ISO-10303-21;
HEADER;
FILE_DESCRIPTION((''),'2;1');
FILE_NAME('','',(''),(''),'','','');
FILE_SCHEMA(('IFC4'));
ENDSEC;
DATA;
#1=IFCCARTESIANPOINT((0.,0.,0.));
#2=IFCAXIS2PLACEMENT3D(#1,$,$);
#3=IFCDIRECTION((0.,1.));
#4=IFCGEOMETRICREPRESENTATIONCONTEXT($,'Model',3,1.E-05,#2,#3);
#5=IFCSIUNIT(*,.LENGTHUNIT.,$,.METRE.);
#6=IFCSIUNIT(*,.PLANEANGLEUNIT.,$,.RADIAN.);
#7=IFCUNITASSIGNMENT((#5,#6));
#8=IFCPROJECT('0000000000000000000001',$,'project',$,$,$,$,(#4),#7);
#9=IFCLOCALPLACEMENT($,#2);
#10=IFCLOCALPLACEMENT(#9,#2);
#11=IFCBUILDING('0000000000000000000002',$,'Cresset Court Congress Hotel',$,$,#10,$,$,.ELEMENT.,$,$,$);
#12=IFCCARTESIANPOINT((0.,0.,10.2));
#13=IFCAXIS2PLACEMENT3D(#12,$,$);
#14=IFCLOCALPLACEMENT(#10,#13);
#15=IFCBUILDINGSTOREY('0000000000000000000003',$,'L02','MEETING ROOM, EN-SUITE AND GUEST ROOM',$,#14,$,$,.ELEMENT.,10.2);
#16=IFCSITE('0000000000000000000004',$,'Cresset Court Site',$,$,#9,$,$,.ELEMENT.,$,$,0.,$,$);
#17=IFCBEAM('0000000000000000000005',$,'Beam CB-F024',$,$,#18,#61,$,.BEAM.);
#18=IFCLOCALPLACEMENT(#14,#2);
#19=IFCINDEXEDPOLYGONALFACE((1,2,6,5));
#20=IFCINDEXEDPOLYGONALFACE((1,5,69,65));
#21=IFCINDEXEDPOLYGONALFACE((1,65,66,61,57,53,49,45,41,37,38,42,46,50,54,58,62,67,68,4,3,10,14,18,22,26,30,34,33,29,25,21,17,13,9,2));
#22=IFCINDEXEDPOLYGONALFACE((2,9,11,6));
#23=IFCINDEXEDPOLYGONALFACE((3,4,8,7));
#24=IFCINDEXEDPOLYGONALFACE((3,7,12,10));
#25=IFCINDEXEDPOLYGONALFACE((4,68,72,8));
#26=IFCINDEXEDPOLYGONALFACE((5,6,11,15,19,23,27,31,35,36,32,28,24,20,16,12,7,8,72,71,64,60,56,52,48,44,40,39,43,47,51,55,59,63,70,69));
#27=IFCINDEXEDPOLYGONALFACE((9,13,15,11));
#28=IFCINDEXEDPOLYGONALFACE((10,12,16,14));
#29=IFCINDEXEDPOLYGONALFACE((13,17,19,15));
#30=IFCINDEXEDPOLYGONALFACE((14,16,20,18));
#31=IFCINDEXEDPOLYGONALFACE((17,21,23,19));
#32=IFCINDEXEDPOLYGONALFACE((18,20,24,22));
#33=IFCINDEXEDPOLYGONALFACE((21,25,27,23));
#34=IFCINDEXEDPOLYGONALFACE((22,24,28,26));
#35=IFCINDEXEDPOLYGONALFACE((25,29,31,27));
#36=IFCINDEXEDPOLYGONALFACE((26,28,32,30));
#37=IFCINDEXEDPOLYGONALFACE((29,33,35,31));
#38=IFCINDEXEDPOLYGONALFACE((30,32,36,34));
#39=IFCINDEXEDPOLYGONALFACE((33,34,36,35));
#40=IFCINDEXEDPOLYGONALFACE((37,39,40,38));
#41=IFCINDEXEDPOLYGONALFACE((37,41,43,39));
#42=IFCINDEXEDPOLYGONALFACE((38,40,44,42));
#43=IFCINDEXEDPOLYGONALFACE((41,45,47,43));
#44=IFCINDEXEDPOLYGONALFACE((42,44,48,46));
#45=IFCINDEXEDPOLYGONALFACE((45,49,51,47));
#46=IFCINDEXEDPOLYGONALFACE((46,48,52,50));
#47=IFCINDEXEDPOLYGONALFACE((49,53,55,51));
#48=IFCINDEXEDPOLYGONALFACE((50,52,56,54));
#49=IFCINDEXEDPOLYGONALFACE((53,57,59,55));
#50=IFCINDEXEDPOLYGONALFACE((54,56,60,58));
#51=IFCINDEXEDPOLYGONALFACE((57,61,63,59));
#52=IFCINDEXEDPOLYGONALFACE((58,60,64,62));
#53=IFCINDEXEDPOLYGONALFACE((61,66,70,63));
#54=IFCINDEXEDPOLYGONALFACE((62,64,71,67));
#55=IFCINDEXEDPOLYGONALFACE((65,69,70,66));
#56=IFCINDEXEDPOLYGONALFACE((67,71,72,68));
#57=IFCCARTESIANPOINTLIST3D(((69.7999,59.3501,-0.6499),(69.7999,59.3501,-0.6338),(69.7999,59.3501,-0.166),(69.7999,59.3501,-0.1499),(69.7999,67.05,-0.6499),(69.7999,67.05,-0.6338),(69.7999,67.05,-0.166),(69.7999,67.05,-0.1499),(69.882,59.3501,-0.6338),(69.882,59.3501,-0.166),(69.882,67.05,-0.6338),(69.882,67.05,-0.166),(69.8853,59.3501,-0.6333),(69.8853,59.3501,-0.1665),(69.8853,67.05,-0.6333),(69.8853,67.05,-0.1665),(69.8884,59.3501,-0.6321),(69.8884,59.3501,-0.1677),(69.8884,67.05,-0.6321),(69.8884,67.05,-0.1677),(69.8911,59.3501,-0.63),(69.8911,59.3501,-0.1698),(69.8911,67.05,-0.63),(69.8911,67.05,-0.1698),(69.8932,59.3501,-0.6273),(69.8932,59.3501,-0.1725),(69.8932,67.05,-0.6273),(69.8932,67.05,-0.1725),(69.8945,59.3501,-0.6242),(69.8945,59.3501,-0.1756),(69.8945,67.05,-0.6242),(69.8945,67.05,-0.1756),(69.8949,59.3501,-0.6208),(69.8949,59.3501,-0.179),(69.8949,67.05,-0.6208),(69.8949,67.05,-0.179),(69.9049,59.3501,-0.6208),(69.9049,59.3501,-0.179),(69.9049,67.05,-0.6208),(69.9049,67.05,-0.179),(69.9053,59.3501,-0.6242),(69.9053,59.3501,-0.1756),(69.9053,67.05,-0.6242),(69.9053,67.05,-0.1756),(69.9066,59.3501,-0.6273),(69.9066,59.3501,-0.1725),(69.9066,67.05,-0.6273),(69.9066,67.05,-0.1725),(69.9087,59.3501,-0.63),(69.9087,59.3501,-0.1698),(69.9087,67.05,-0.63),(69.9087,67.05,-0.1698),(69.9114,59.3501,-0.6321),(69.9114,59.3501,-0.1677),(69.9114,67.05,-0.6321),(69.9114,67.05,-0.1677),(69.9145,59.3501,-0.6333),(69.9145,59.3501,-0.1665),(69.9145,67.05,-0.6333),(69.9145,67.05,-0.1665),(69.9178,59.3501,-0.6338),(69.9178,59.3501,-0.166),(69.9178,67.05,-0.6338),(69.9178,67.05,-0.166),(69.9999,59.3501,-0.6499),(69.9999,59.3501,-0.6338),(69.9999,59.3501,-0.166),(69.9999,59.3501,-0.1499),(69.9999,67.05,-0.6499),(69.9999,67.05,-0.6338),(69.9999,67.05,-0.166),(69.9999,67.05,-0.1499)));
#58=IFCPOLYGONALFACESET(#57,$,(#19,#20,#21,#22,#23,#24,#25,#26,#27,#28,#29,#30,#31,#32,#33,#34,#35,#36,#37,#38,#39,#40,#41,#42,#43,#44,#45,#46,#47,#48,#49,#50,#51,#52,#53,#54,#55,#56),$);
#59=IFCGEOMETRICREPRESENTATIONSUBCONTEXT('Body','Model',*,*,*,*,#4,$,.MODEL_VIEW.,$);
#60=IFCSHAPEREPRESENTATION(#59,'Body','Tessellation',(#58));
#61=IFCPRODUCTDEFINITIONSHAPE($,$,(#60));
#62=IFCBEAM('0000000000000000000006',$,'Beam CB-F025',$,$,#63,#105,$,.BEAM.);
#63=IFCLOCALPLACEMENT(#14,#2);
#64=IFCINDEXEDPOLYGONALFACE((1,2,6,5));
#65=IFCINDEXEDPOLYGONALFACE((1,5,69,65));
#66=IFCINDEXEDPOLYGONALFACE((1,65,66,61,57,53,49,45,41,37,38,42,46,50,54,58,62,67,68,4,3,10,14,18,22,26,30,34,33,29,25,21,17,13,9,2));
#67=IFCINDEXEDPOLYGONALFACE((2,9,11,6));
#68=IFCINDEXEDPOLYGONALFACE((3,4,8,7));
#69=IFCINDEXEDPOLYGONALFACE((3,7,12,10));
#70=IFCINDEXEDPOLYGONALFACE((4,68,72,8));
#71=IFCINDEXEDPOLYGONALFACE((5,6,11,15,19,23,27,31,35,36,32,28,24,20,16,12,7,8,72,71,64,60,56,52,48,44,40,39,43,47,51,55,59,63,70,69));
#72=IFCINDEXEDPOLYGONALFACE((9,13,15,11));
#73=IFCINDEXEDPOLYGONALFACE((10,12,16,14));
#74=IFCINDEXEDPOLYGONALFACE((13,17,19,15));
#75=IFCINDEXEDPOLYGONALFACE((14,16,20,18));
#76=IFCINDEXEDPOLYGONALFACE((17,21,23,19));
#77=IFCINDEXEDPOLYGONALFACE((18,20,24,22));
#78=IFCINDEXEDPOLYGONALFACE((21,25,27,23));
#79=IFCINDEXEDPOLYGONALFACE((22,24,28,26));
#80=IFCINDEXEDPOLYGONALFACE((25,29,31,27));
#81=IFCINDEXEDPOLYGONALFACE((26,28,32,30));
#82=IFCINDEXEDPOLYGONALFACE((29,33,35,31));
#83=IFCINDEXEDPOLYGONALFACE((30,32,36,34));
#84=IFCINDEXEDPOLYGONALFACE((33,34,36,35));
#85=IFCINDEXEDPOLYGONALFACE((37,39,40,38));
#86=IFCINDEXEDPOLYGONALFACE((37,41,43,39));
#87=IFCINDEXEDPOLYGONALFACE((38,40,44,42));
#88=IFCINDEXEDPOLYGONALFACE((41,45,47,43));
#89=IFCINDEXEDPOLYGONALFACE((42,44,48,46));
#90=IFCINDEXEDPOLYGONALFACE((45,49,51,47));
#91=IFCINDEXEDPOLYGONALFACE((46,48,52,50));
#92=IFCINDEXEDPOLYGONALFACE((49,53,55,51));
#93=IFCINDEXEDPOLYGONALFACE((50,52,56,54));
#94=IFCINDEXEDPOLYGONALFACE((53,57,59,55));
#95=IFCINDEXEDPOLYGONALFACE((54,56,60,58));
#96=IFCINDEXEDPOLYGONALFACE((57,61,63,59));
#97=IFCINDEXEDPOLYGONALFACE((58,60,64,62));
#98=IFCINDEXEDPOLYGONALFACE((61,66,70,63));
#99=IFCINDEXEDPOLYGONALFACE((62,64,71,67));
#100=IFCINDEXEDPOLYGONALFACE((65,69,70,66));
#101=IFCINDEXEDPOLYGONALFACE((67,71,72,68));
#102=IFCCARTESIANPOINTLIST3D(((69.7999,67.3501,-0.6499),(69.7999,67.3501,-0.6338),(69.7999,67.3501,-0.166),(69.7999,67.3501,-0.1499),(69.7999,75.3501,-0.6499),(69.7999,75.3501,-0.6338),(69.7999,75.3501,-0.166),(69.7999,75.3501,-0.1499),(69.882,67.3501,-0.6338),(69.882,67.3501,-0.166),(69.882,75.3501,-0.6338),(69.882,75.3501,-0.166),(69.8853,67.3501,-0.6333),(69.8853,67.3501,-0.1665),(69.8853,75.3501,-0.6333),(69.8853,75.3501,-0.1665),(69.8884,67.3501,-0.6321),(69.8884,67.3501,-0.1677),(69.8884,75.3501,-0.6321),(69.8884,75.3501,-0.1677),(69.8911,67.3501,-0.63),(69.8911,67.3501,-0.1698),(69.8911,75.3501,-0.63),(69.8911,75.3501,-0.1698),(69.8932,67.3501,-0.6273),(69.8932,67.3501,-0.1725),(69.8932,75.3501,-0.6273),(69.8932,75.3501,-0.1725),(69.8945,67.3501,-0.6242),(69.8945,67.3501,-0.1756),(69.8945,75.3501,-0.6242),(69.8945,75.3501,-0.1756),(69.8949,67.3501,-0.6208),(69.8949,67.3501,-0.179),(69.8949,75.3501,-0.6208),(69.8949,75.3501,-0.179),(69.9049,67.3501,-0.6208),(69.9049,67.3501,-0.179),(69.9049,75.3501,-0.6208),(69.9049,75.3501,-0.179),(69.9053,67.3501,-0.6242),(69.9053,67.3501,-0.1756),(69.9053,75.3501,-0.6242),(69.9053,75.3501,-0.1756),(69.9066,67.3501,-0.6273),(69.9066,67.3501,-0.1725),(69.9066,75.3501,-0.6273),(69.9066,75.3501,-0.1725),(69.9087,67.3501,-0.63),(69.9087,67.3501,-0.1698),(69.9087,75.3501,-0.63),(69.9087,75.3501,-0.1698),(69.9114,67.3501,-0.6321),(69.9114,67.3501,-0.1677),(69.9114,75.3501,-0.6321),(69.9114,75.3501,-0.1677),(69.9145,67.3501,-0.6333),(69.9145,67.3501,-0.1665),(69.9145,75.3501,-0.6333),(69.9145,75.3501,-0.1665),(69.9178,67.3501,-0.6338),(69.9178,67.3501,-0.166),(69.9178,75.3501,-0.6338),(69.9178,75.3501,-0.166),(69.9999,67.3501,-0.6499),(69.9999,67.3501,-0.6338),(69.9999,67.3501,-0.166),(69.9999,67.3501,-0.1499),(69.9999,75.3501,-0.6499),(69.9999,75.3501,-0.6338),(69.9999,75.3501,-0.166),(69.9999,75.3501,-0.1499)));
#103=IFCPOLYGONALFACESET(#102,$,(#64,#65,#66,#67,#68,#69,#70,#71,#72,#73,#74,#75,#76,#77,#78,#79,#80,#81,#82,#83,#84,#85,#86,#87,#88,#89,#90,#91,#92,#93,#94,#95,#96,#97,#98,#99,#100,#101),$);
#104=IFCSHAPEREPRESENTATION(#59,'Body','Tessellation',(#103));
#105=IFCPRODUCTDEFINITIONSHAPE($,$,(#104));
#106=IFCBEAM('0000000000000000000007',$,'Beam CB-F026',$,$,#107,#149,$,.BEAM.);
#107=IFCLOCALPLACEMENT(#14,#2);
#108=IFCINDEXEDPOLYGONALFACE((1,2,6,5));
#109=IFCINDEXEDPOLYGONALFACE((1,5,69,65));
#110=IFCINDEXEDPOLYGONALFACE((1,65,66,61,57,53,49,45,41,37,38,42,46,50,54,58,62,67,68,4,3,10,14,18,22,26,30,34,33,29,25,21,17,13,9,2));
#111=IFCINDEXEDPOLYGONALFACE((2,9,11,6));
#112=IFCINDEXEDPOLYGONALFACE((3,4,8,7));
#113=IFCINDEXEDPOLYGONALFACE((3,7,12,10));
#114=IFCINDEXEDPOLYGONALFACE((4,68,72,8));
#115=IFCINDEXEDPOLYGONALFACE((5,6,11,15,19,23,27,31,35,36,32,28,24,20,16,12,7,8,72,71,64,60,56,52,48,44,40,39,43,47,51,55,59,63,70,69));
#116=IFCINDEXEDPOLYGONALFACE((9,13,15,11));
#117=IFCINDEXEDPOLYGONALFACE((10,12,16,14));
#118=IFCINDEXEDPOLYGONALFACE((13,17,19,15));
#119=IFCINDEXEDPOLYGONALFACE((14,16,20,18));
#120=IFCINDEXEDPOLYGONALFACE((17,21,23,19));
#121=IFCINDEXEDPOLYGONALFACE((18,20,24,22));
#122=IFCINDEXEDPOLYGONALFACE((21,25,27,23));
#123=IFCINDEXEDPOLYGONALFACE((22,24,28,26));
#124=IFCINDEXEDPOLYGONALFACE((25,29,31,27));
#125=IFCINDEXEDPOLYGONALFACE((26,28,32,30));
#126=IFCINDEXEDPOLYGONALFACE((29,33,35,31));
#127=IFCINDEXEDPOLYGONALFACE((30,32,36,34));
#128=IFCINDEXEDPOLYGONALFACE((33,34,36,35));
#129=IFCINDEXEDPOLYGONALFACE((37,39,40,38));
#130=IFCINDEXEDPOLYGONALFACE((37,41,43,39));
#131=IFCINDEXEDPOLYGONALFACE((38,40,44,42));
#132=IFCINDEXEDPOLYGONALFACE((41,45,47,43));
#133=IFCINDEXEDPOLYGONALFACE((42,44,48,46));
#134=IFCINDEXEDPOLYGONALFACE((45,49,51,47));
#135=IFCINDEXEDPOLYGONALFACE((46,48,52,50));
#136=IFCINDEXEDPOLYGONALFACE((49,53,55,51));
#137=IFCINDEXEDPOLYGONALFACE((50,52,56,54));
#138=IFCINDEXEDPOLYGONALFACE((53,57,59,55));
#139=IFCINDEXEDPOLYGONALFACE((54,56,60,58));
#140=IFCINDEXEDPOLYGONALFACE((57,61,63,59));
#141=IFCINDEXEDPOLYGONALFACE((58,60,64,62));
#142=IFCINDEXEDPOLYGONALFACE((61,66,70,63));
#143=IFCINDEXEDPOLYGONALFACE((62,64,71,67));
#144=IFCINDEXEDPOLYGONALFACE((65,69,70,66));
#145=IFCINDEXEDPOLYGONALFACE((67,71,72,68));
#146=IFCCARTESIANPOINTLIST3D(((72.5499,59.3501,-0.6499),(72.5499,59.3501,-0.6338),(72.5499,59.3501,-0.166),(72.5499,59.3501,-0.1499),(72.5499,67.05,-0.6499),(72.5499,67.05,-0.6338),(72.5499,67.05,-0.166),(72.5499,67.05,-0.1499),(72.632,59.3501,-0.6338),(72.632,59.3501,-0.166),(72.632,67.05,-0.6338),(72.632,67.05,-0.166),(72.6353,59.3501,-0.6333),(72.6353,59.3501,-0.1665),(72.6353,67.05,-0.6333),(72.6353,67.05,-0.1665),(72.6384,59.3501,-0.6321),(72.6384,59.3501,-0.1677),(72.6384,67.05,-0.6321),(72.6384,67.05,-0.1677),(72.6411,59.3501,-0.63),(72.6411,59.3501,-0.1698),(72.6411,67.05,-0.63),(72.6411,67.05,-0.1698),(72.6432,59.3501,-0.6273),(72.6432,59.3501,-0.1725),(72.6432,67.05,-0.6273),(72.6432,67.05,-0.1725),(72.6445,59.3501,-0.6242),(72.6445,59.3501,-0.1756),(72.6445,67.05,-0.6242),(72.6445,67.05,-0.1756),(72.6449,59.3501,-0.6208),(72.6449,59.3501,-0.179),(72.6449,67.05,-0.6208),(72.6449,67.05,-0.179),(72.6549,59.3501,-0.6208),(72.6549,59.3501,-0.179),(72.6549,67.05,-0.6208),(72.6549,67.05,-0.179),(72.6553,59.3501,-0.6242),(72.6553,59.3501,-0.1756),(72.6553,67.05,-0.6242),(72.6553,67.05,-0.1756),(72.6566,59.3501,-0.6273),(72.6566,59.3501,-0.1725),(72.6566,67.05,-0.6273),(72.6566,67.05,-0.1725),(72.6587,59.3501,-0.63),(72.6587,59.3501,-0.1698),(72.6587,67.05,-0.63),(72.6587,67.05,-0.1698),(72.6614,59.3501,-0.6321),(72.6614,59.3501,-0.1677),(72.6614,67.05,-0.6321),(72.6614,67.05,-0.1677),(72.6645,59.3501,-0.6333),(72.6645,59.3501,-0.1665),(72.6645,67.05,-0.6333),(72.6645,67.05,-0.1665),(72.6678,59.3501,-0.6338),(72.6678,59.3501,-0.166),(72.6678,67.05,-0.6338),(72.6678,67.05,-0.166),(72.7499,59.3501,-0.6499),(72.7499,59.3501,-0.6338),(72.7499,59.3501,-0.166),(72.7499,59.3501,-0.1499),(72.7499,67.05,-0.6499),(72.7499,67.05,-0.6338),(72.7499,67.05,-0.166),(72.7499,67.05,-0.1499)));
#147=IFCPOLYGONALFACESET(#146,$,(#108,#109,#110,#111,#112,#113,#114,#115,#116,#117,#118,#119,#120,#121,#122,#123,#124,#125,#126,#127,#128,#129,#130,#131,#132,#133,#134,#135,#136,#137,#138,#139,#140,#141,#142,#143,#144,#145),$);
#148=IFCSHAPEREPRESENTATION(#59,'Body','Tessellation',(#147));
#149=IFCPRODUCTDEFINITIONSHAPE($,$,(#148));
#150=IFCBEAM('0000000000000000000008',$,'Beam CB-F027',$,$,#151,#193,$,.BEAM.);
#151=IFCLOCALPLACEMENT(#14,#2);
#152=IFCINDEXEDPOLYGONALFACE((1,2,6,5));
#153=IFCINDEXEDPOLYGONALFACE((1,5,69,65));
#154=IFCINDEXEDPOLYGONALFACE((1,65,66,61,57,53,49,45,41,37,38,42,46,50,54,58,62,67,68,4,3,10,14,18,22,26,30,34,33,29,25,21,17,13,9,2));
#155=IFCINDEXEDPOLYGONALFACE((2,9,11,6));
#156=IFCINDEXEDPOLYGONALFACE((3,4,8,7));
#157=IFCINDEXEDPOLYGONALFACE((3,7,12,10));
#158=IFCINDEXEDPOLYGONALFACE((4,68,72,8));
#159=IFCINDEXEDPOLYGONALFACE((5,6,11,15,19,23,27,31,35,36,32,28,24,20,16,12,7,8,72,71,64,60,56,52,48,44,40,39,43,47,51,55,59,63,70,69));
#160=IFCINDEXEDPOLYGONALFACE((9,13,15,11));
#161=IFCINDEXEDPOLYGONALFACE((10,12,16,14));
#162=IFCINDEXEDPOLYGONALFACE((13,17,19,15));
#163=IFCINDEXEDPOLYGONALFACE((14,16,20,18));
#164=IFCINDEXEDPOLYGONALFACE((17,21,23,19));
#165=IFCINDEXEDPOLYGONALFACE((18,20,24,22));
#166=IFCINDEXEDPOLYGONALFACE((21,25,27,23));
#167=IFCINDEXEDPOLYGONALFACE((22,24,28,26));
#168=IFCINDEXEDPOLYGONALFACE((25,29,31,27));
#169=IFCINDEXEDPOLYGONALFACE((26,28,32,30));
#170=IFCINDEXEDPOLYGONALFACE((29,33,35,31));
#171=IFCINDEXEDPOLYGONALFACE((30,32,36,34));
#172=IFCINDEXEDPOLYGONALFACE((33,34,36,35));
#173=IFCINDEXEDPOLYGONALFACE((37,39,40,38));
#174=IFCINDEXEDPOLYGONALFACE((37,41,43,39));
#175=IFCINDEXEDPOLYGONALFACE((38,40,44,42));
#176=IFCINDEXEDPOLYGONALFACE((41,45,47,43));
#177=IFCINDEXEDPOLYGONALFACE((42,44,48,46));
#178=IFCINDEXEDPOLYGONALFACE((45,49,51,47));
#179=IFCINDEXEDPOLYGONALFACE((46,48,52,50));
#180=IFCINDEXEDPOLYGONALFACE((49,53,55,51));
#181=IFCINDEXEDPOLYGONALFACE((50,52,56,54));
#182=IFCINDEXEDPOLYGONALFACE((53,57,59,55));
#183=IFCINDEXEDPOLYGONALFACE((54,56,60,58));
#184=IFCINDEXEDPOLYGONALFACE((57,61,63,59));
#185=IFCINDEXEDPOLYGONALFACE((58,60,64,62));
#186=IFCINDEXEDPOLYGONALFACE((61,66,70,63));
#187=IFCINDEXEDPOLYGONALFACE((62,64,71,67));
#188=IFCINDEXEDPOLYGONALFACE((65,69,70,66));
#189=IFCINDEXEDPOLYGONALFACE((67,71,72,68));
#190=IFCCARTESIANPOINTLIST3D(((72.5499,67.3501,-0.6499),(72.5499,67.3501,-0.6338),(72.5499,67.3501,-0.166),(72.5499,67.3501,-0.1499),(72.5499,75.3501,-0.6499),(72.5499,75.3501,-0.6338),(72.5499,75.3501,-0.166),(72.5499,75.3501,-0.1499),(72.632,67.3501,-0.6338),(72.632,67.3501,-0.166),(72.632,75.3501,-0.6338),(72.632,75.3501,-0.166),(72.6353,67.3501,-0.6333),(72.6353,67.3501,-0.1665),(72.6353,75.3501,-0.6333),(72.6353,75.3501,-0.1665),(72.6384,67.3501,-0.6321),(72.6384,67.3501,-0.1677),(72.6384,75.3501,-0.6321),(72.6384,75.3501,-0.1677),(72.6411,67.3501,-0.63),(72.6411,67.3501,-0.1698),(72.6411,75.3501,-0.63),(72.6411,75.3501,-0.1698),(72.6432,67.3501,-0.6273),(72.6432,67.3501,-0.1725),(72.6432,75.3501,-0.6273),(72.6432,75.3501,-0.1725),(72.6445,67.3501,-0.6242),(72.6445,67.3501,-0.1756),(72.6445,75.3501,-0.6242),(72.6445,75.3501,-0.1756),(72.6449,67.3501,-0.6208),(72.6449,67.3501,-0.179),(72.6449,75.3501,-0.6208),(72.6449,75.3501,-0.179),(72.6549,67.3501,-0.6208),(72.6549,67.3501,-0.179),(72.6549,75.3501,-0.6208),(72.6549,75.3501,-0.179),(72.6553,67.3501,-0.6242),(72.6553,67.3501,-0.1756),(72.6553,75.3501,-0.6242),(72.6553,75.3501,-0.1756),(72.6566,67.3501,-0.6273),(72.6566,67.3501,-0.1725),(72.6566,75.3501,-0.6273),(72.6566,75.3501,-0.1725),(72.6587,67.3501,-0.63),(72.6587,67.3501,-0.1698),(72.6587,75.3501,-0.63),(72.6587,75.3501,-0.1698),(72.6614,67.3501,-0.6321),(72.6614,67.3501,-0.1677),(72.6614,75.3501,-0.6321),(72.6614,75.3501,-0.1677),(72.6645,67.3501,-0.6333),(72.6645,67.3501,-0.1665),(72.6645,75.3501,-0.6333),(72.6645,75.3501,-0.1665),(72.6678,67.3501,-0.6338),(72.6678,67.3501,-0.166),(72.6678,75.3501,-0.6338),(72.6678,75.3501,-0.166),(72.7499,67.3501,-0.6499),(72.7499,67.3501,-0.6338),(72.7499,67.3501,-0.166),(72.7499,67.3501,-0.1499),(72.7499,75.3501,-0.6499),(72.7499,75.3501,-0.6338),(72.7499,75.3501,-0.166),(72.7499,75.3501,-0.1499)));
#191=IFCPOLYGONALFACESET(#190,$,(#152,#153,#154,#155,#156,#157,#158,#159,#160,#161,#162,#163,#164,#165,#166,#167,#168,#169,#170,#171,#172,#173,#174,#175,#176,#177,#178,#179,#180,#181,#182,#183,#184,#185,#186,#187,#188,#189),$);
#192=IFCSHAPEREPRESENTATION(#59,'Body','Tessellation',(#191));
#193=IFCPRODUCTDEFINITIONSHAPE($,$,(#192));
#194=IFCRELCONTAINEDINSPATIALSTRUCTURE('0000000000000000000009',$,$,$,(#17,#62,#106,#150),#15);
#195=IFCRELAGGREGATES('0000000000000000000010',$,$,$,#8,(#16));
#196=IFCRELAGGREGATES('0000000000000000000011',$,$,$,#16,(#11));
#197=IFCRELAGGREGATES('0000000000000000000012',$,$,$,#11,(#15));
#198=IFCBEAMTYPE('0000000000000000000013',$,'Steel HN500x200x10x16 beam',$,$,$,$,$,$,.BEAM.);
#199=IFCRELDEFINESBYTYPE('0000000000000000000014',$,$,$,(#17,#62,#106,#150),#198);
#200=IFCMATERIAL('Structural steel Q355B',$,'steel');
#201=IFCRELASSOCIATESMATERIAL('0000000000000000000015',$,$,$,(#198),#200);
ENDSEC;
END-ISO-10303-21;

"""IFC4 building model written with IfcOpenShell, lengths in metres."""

from ifc_helpers import new_model, si_unit, direction, frame, origin, origin_2d, place, context, subcontext, project, spatial, i_section, extrude, material, material_profile, profile_set, type_object, element, save


model = new_model("IFC4")

# Units and contexts
model_context = context("Model", 3, precision=1e-05, world=origin(), true_north=direction((0.0, 1.0)))
body_context = subcontext(model_context, "Body", "Model", "MODEL_VIEW")
ifc_project = project(units=[si_unit("LENGTHUNIT", "METRE"), si_unit("PLANEANGLEUNIT", "RADIAN")], contexts=[model_context])

# Site, building, storey
site_placement = place(None, origin())
site = spatial("IfcSite", under=ifc_project, at=site_placement, Name="Cresset Court Site", CompositionType="ELEMENT", RefElevation=0.0)
building_placement = place(site_placement, origin())
building = spatial("IfcBuilding", under=site, at=building_placement, Name="Cresset Court Congress Hotel", CompositionType="ELEMENT")
storey_placement = place(building_placement, frame((0.0, 0.0, 10.2)))
storey = spatial("IfcBuildingStorey", under=building, at=storey_placement, Name="L02", Description="MEETING ROOM, EN-SUITE AND GUEST ROOM", CompositionType="ELEMENT", Elevation=10.2)

# Beams
ifc_material_1 = material(Name="Structural steel Q355B", Category="steel")
ifc_material_profile_1 = material_profile(ifc_material_1, i_section(OverallWidth=0.2, OverallDepth=0.5, WebThickness=0.01, FlangeThickness=0.0161, FilletRadius=0.0129, at=origin_2d()), Name="HN500x200x10x16")
ifc_profile_set_1 = profile_set([ifc_material_profile_1], Name="Structural steel Q355B")
beam_type_1 = type_object("IfcBeamType", Name="Steel HN500x200x10x16 beam", PredefinedType="BEAM", material=ifc_profile_set_1)
beam_1_placement = place(storey_placement, frame((69.8999, 59.3501, -0.3999), z_axis=(0.0, 1.0, 0.0), x_axis=(-1.0, 0.0, 0.0)))
element("IfcBeam", 1, at=beam_1_placement, inside=storey, type_object=beam_type_1, Name="Beam CB-F024", PredefinedType="BEAM", context=body_context, shape_type="SweptSolid", body=[
    extrude(i_section(OverallWidth=0.2, OverallDepth=0.5, WebThickness=0.01, FlangeThickness=0.0161, FilletRadius=0.0129, at=origin_2d()), origin(), (0.0, 0.0, 1.0), 7.7),
])
beam_2_placement = place(storey_placement, frame((69.8999, 67.3501, -0.3999), z_axis=(0.0, 1.0, 0.0), x_axis=(-1.0, 0.0, 0.0)))
element("IfcBeam", 2, at=beam_2_placement, inside=storey, type_object=beam_type_1, Name="Beam CB-F025", PredefinedType="BEAM", context=body_context, shape_type="SweptSolid", body=[
    extrude(i_section(OverallWidth=0.2, OverallDepth=0.5, WebThickness=0.01, FlangeThickness=0.0161, FilletRadius=0.0129, at=origin_2d()), origin(), (0.0, 0.0, 1.0), 8.0),
])
beam_3_placement = place(storey_placement, frame((72.6499, 59.3501, -0.3999), z_axis=(0.0, 1.0, 0.0), x_axis=(-1.0, 0.0, 0.0)))
element("IfcBeam", 3, at=beam_3_placement, inside=storey, type_object=beam_type_1, Name="Beam CB-F026", PredefinedType="BEAM", context=body_context, shape_type="SweptSolid", body=[
    extrude(i_section(OverallWidth=0.2, OverallDepth=0.5, WebThickness=0.01, FlangeThickness=0.0161, FilletRadius=0.0129, at=origin_2d()), origin(), (0.0, 0.0, 1.0), 7.7),
])
beam_4_placement = place(storey_placement, frame((72.6499, 67.3501, -0.3999), z_axis=(0.0, 1.0, 0.0), x_axis=(-1.0, 0.0, 0.0)))
element("IfcBeam", 4, at=beam_4_placement, inside=storey, type_object=beam_type_1, Name="Beam CB-F027", PredefinedType="BEAM", context=body_context, shape_type="SweptSolid", body=[
    extrude(i_section(OverallWidth=0.2, OverallDepth=0.5, WebThickness=0.01, FlangeThickness=0.0161, FilletRadius=0.0129, at=origin_2d()), origin(), (0.0, 0.0, 1.0), 8.0),
])

save(model, "model.ifc")
